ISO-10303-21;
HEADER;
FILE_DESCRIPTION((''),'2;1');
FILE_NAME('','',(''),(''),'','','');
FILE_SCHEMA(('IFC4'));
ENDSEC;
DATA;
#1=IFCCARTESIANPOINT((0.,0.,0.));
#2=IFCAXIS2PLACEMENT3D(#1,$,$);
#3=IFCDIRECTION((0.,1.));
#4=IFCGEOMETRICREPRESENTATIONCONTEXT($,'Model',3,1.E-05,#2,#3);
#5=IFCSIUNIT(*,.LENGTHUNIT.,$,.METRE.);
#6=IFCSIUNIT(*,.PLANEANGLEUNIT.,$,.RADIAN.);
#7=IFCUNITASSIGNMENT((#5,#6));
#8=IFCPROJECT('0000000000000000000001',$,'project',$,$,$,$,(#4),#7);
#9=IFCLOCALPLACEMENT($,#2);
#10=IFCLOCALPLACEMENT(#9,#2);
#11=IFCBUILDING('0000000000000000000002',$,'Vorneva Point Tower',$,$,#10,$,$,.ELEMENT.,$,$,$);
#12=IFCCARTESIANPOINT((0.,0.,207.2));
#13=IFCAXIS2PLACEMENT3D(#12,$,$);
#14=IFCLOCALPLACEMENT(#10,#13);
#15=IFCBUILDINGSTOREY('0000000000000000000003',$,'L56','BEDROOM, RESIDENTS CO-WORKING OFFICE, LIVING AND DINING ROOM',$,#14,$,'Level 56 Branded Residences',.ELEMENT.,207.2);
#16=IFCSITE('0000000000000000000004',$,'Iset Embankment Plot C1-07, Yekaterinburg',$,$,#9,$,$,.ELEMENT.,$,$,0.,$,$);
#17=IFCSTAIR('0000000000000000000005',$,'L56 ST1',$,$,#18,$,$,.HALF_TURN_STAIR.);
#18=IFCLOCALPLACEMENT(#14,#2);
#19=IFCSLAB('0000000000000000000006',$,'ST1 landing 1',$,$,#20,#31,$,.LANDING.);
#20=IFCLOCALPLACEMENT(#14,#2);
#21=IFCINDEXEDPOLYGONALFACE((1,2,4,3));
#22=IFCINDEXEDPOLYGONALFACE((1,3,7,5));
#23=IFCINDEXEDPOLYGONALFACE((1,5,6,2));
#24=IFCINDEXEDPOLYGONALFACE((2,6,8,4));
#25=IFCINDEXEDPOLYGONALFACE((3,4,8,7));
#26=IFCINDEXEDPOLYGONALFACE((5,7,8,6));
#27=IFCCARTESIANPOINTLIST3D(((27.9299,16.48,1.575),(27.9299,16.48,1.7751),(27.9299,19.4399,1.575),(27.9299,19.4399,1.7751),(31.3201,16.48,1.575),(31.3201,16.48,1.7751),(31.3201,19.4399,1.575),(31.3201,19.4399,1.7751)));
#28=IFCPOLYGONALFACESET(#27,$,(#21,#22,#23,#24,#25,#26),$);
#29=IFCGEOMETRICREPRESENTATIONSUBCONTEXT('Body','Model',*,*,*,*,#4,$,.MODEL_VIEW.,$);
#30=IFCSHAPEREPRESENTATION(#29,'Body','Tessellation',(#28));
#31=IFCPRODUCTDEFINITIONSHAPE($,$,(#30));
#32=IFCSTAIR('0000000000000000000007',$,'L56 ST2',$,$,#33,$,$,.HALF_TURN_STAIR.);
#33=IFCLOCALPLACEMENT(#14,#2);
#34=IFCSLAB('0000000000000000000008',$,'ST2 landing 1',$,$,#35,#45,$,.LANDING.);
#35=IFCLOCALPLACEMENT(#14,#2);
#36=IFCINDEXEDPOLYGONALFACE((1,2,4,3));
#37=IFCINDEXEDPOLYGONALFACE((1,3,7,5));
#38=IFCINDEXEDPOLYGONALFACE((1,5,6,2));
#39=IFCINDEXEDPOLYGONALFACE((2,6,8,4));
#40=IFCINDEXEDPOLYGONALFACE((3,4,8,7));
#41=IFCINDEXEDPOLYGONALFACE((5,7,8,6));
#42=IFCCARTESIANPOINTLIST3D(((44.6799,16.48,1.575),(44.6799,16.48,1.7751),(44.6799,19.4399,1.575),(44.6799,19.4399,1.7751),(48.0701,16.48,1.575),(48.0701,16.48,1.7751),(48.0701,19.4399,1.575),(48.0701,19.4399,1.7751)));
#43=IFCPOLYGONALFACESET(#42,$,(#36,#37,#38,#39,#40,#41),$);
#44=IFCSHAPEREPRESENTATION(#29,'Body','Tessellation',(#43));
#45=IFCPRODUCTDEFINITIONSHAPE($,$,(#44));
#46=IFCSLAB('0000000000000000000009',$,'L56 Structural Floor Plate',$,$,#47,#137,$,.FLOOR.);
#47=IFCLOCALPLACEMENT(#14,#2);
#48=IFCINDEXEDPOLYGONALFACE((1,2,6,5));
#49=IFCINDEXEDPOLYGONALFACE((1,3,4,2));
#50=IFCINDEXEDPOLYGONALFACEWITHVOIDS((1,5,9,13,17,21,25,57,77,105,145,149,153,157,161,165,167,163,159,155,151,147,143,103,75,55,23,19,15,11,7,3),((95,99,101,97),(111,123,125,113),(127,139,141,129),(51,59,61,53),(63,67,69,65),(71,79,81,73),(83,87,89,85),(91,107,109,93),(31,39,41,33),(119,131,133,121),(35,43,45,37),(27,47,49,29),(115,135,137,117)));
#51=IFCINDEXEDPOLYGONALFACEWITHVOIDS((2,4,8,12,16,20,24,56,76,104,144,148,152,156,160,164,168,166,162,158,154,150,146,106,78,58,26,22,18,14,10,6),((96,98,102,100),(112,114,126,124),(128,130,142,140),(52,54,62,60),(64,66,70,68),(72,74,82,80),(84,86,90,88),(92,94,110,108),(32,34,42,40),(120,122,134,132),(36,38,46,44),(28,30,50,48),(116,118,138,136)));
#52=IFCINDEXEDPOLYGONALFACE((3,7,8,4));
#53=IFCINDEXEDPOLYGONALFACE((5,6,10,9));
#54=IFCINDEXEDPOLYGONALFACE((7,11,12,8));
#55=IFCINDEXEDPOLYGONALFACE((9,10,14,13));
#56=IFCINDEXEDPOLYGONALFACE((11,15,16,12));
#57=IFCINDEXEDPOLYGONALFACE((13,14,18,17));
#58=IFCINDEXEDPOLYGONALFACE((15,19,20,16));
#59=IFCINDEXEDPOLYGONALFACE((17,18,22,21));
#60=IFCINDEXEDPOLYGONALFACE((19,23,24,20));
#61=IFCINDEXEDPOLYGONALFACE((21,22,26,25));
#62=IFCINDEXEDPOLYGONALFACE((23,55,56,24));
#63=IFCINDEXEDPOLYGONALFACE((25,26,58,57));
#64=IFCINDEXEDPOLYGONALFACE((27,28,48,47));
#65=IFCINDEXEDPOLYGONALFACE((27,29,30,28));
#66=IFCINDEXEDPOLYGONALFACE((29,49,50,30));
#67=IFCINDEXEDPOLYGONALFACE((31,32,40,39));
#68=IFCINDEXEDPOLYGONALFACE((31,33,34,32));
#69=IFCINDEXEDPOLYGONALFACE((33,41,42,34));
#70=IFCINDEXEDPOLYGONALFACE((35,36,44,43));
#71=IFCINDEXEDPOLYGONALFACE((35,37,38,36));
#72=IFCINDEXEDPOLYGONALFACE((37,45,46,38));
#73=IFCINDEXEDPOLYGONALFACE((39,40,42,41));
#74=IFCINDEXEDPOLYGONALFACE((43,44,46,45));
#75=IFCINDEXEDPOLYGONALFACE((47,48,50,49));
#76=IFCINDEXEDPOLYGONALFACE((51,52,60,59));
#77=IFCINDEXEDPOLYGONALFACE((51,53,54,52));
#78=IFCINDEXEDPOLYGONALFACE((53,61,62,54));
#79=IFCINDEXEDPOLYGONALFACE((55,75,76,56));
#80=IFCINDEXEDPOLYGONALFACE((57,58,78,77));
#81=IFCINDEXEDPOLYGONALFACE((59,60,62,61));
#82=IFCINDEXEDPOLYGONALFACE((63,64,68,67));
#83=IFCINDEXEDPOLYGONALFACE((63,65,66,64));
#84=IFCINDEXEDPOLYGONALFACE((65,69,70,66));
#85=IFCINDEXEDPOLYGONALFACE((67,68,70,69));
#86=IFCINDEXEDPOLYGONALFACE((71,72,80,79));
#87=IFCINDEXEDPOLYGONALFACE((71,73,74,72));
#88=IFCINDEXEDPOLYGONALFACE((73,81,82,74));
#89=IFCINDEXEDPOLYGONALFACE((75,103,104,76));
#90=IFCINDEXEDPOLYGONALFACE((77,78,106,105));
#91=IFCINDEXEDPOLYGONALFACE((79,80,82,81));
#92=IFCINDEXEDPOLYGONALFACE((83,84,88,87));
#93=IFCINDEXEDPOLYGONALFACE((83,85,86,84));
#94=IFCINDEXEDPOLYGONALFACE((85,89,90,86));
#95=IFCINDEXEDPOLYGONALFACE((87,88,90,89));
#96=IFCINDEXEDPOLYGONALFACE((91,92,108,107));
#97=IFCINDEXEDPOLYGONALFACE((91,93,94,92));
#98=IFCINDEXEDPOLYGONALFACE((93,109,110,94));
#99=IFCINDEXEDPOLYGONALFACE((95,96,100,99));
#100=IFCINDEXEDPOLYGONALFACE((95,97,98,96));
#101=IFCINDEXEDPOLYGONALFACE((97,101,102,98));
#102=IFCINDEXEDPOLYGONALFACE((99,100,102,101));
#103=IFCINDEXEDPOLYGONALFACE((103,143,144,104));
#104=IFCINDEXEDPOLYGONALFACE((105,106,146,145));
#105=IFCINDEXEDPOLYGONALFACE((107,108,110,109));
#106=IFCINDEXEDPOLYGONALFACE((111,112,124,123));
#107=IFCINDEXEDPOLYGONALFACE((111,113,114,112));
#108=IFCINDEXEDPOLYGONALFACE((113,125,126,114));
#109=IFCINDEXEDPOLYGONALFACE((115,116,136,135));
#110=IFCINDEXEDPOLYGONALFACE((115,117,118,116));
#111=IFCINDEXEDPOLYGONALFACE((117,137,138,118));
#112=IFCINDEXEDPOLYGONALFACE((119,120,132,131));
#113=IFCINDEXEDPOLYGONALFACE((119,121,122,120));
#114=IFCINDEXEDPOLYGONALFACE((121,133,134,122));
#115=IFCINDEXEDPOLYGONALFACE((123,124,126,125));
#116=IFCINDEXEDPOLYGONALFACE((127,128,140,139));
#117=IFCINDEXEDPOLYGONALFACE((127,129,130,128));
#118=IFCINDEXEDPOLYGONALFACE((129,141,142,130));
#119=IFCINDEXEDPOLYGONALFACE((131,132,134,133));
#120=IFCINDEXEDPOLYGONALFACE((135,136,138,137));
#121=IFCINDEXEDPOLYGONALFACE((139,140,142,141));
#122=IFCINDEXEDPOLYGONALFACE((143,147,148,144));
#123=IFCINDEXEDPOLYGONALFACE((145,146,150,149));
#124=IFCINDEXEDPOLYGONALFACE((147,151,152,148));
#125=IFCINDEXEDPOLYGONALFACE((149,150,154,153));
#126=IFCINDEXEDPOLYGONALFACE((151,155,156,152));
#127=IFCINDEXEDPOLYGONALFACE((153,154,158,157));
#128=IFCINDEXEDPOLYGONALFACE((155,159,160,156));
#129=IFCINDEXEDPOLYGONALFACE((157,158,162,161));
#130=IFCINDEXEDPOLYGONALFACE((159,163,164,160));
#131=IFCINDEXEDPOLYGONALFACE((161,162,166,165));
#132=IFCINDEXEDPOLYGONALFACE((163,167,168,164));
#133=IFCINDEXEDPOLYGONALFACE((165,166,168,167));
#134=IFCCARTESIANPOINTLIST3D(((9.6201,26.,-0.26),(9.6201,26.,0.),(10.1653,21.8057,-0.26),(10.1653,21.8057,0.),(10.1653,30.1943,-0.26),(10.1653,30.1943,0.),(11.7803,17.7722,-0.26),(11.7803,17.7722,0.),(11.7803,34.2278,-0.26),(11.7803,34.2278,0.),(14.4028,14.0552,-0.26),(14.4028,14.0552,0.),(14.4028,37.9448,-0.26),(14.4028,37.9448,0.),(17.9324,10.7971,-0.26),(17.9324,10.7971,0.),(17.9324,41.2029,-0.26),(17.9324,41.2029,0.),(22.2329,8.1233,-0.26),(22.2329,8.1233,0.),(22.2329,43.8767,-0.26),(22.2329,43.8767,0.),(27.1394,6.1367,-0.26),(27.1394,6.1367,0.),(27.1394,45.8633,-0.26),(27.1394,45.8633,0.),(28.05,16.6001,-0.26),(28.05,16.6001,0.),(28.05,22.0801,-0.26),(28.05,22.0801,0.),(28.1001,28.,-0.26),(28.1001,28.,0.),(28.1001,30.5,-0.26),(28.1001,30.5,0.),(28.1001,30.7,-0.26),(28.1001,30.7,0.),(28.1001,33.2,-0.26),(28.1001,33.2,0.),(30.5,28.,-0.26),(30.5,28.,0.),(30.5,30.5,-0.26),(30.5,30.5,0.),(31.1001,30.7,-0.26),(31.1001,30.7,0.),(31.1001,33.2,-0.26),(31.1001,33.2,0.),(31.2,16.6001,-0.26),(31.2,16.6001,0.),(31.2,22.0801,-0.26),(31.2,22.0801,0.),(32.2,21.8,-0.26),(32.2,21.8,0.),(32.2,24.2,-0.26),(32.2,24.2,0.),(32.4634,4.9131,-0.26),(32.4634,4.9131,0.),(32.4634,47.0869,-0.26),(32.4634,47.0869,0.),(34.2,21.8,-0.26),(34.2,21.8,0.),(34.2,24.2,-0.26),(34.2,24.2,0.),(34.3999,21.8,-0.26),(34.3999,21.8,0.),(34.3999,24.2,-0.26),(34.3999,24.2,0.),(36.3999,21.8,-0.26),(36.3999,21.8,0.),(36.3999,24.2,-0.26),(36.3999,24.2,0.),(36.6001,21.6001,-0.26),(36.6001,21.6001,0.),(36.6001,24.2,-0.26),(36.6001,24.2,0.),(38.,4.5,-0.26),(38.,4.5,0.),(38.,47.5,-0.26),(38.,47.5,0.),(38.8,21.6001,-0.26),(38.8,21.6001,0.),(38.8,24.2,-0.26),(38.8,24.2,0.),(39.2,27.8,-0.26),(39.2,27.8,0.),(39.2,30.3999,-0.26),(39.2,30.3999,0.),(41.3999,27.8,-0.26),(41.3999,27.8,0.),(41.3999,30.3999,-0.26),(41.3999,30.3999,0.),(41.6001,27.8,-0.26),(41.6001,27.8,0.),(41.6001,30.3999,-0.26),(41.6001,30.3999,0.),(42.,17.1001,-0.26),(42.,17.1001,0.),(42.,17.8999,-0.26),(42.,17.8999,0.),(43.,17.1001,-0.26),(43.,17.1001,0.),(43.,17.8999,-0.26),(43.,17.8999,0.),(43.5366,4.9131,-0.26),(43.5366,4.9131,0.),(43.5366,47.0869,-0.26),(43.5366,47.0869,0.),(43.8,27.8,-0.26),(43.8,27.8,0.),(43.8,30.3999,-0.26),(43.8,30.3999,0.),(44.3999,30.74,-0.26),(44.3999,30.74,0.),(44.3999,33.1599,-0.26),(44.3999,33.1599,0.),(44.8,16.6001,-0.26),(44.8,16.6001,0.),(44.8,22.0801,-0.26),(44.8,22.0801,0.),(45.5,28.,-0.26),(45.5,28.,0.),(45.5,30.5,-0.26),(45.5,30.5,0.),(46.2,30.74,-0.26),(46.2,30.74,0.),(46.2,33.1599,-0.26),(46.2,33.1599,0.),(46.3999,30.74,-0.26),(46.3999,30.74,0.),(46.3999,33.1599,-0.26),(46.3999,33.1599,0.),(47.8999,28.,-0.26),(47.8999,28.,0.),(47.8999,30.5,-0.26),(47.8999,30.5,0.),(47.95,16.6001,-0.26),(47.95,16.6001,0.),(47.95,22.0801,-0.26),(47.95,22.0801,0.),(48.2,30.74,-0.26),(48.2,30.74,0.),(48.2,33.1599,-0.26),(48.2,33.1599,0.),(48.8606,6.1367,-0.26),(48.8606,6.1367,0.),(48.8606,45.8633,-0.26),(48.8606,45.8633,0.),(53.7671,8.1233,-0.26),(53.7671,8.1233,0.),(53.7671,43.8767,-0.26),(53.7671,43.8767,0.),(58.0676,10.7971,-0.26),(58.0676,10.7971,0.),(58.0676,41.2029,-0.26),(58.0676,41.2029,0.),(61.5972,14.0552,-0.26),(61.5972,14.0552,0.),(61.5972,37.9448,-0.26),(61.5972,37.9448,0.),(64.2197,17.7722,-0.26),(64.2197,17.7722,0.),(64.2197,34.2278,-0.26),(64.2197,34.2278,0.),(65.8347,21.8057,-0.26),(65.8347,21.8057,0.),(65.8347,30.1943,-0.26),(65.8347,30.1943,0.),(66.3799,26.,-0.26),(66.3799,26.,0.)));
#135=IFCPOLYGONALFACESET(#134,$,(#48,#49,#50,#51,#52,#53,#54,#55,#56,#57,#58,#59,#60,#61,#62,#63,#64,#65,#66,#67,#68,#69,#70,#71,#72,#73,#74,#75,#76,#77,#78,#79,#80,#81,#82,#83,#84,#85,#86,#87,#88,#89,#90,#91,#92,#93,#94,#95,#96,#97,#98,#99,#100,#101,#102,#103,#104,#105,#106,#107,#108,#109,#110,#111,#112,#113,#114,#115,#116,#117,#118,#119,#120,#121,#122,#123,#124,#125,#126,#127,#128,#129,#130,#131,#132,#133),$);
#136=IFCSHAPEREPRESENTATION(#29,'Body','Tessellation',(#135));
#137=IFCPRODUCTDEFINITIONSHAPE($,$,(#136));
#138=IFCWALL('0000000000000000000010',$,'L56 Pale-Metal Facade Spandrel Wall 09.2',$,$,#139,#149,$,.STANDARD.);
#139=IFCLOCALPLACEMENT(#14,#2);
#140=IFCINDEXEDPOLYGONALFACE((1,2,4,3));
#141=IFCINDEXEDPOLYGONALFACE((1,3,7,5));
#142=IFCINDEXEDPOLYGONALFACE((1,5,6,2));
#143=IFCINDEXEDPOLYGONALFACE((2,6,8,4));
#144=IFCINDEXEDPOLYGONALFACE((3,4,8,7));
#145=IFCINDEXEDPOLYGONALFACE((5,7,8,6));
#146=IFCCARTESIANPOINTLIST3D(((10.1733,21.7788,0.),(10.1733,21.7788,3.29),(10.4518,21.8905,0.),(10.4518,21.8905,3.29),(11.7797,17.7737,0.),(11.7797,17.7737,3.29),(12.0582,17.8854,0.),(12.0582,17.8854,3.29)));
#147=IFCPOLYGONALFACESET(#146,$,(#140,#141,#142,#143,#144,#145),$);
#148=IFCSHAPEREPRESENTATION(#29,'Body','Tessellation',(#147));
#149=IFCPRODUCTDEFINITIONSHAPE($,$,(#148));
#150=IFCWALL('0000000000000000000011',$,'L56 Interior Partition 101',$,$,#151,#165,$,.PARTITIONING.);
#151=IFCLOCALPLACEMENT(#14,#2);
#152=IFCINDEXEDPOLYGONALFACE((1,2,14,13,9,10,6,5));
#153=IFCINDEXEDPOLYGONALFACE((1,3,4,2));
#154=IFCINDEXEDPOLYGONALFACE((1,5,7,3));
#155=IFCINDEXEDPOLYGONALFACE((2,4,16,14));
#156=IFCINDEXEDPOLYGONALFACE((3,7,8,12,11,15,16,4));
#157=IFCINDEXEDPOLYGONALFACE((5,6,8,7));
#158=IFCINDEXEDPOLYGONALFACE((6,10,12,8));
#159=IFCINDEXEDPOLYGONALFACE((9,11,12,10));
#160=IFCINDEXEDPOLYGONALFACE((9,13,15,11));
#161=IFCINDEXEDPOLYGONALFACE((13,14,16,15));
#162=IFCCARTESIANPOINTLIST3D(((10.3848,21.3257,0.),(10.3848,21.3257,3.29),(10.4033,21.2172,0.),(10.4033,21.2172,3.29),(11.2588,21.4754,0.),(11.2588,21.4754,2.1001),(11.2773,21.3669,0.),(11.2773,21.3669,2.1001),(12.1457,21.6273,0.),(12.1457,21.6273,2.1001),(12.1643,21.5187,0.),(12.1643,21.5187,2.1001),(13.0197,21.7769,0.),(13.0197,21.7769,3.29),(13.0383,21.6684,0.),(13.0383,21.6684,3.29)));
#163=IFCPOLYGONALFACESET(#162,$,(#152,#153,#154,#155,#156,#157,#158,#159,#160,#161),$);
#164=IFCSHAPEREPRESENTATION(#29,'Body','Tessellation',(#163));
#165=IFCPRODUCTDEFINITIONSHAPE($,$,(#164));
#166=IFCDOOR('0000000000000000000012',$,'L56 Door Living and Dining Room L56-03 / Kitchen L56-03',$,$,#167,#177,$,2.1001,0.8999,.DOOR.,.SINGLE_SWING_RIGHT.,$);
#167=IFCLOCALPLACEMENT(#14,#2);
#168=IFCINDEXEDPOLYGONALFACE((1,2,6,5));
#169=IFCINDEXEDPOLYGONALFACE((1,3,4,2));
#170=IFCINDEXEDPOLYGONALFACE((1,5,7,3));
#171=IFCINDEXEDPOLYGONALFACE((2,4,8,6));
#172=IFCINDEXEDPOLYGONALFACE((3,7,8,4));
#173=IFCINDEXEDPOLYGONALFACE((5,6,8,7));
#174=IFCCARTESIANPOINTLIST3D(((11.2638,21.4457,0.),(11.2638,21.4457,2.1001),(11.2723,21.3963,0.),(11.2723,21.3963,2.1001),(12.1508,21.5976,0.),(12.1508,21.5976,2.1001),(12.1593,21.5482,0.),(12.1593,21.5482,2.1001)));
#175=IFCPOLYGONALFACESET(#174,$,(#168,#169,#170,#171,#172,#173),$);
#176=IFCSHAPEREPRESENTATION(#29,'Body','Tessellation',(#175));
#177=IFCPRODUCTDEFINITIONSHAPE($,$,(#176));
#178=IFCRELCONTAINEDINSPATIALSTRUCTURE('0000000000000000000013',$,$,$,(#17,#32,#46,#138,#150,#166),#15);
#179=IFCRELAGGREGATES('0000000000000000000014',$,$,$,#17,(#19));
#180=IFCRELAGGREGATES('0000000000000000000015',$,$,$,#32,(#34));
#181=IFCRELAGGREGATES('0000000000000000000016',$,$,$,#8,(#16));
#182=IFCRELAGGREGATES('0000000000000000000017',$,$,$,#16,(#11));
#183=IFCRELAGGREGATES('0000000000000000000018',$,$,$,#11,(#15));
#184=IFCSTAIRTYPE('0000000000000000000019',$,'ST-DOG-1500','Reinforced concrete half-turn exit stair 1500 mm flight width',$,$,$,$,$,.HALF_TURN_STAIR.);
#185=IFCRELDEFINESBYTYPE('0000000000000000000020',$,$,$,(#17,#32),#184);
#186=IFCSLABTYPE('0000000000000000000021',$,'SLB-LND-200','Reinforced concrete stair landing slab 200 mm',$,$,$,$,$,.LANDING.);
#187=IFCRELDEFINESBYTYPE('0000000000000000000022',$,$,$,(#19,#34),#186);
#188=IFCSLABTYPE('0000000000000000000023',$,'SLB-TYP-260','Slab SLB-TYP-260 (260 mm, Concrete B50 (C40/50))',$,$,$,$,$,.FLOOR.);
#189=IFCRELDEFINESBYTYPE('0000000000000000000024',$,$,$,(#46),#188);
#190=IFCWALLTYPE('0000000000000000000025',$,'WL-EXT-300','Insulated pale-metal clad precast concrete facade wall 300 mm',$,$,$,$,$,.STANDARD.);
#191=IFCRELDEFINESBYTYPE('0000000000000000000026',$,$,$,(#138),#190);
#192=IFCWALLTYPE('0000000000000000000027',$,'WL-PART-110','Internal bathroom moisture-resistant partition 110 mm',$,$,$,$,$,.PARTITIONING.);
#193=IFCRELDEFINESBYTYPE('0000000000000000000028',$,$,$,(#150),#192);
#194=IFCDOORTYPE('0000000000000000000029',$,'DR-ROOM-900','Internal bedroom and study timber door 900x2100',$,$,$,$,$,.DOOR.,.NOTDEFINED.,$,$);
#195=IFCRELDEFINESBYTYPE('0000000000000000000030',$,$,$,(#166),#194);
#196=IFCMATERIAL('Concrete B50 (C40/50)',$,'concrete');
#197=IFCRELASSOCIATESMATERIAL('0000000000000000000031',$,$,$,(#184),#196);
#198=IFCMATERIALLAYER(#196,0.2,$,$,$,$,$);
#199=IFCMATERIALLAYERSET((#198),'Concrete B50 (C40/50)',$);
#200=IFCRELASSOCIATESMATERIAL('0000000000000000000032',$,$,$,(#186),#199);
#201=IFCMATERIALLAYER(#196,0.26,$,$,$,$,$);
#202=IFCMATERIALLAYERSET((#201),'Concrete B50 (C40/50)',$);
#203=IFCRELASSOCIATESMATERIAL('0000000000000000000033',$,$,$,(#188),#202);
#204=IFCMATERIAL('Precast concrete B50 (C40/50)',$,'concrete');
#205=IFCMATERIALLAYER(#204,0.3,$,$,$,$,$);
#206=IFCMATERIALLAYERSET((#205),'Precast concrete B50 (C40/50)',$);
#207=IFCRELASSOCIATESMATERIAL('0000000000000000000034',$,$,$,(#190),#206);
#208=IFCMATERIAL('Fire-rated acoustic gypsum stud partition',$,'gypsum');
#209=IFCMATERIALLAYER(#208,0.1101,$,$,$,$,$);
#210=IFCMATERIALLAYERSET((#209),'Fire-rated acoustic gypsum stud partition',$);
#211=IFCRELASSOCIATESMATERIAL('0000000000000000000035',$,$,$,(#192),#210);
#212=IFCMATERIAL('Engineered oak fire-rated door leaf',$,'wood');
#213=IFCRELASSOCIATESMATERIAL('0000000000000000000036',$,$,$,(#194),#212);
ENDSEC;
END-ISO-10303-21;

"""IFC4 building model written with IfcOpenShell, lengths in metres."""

from ifc_helpers import new_model, si_unit, direction, frame, frame_2d, origin, place, context, subcontext, project, spatial, polyline, rectangle, outline, extrude, material, layer, layer_set, type_object, element, fill, aggregate, save


model = new_model("IFC4")

# Units and contexts
model_context = context("Model", 3, precision=1e-05, world=origin(), true_north=direction((0.0, 1.0)))
body_context = subcontext(model_context, "Body", "Model", "MODEL_VIEW")
ifc_project = project(units=[si_unit("LENGTHUNIT", "METRE"), si_unit("PLANEANGLEUNIT", "RADIAN")], contexts=[model_context])

# Site, building, storey
site_placement = place(None, origin())
site = spatial("IfcSite", under=ifc_project, at=site_placement, Name="Iset Embankment Plot C1-07, Yekaterinburg", CompositionType="ELEMENT", RefElevation=0.0)
building_placement = place(site_placement, origin())
building = spatial("IfcBuilding", under=site, at=building_placement, Name="Vorneva Point Tower", CompositionType="ELEMENT")
storey_placement = place(building_placement, frame((0.0, 0.0, 207.2)))
storey = spatial("IfcBuildingStorey", under=building, at=storey_placement, Name="L56", Description="BEDROOM, RESIDENTS CO-WORKING OFFICE, LIVING AND DINING ROOM", LongName="Level 56 Branded Residences", CompositionType="ELEMENT", Elevation=207.2)

# Shared definitions
ifc_material_1 = material(Name="Concrete B50 (C40/50)", Category="concrete")

# Stairs, slabs
stair_type = type_object("IfcStairType", Name="ST-DOG-1500", Description="Reinforced concrete half-turn exit stair 1500 mm flight width", PredefinedType="HALF_TURN_STAIR", material=ifc_material_1)
stair_1_placement = place(storey_placement, origin())
stair_1 = element("IfcStair", 1, at=stair_1_placement, inside=storey, type_object=stair_type, Name="L56 ST1", PredefinedType="HALF_TURN_STAIR")
ifc_layer_1 = layer(ifc_material_1, 0.2)
ifc_layer_set_1 = layer_set([ifc_layer_1], Name="Concrete B50 (C40/50)")
slab_type_1 = type_object("IfcSlabType", Name="SLB-LND-200", Description="Reinforced concrete stair landing slab 200 mm", PredefinedType="LANDING", material=ifc_layer_set_1)
slab_1_placement = place(storey_placement, frame((0.0, 0.0, 1.575)))
slab_1 = element("IfcSlab", 2, at=slab_1_placement, type_object=slab_type_1, Name="ST1 landing 1", PredefinedType="LANDING", context=body_context, shape_type="SweptSolid", body=[
    extrude(outline(polyline([(27.9299, 16.48), (31.3201, 16.48), (31.3201, 19.4399), (27.9299, 19.4399), (27.9299, 16.48)])), origin(), (0.0, 0.0, 1.0), 0.2002),
])
aggregate(stair_1, [slab_1])
stair_2_placement = place(storey_placement, origin())
stair_2 = element("IfcStair", 3, at=stair_2_placement, inside=storey, type_object=stair_type, Name="L56 ST2", PredefinedType="HALF_TURN_STAIR")
slab_2_placement = place(storey_placement, frame((0.0, 0.0, 1.575)))
slab_2 = element("IfcSlab", 4, at=slab_2_placement, type_object=slab_type_1, Name="ST2 landing 1", PredefinedType="LANDING", context=body_context, shape_type="SweptSolid", body=[
    extrude(outline(polyline([(44.6799, 16.48), (48.0701, 16.48), (48.0701, 19.4399), (44.6799, 19.4399), (44.6799, 16.48)])), origin(), (0.0, 0.0, 1.0), 0.2002),
])
aggregate(stair_2, [slab_2])

# Slab
ifc_layer_2 = layer(ifc_material_1, 0.26)
ifc_layer_set_2 = layer_set([ifc_layer_2], Name="Concrete B50 (C40/50)")
slab_type_2 = type_object("IfcSlabType", Name="SLB-TYP-260", Description="Slab SLB-TYP-260 (260 mm, Concrete B50 (C40/50))", PredefinedType="FLOOR", material=ifc_layer_set_2)
slab_3_placement = place(storey_placement, frame((0.0, 0.0, -0.26)))
element("IfcSlab", 5, at=slab_3_placement, inside=storey, type_object=slab_type_2, Name="L56 Structural Floor Plate", PredefinedType="FLOOR", context=body_context, shape_type="SweptSolid", body=[
    extrude(outline(polyline([(66.3799, 26.0), (65.8347, 30.1943), (64.2197, 34.2278), (61.5972, 37.9448), (58.0676, 41.2029), (53.7671, 43.8767), (48.8606, 45.8633), (43.5366, 47.0869), (38.0, 47.5), (32.4634, 47.0869), (27.1394, 45.8633), (22.2329, 43.8767), (17.9324, 41.2029), (14.4028, 37.9448), (11.7803, 34.2278), (10.1653, 30.1943), (9.6201, 26.0), (10.1653, 21.8057), (11.7803, 17.7722), (14.4028, 14.0552), (17.9324, 10.7971), (22.2329, 8.1233), (27.1394, 6.1367), (32.4634, 4.9131), (38.0, 4.5), (43.5366, 4.9131), (48.8606, 6.1367), (53.7671, 8.1233), (58.0676, 10.7971), (61.5972, 14.0552), (64.2197, 17.7722), (65.8347, 21.8057), (66.3799, 26.0)]), holes=[polyline([(32.2, 21.8), (34.2, 21.8), (34.2, 24.2), (32.2, 24.2), (32.2, 21.8)]), polyline([(34.3999, 21.8), (36.3999, 21.8), (36.3999, 24.2), (34.3999, 24.2), (34.3999, 21.8)]), polyline([(36.6001, 21.6001), (38.8, 21.6001), (38.8, 24.2), (36.6001, 24.2), (36.6001, 21.6001)]), polyline([(39.2, 27.8), (41.3999, 27.8), (41.3999, 30.3999), (39.2, 30.3999), (39.2, 27.8)]), polyline([(41.6001, 27.8), (43.8, 27.8), (43.8, 30.3999), (41.6001, 30.3999), (41.6001, 27.8)]), polyline([(44.3999, 30.74), (46.2, 30.74), (46.2, 33.1599), (44.3999, 33.1599), (44.3999, 30.74)]), polyline([(46.3999, 30.74), (48.2, 30.74), (48.2, 33.1599), (46.3999, 33.1599), (46.3999, 30.74)]), polyline([(28.1001, 28.0), (30.5, 28.0), (30.5, 30.5), (28.1001, 30.5), (28.1001, 28.0)]), polyline([(45.5, 28.0), (47.8999, 28.0), (47.8999, 30.5), (45.5, 30.5), (45.5, 28.0)]), polyline([(28.1001, 30.7), (31.1001, 30.7), (31.1001, 33.2), (28.1001, 33.2), (28.1001, 30.7)]), polyline([(28.05, 16.6001), (31.2, 16.6001), (31.2, 22.0801), (28.05, 22.0801), (28.05, 16.6001)]), polyline([(44.8, 16.6001), (47.95, 16.6001), (47.95, 22.0801), (44.8, 22.0801), (44.8, 16.6001)]), polyline([(42.0, 17.1001), (43.0, 17.1001), (43.0, 17.8999), (42.0, 17.8999), (42.0, 17.1001)])]), origin(), (0.0, 0.0, 1.0), 0.26),
])

# Wall
ifc_material_2 = material(Name="Precast concrete B50 (C40/50)", Category="concrete")
ifc_layer_3 = layer(ifc_material_2, 0.3)
ifc_layer_set_3 = layer_set([ifc_layer_3], Name="Precast concrete B50 (C40/50)")
wall_type_1 = type_object("IfcWallType", Name="WL-EXT-300", Description="Insulated pale-metal clad precast concrete facade wall 300 mm", PredefinedType="STANDARD", material=ifc_layer_set_3)
wall_1_placement = place(storey_placement, frame((10.3125, 21.8347, 0.0), z_axis=(0.0, 0.0, 1.0), x_axis=(0.372268, -0.928125, 0.0)))
element("IfcWall", 6, at=wall_1_placement, inside=storey, type_object=wall_type_1, Name="L56 Pale-Metal Facade Spandrel Wall 09.2", PredefinedType="STANDARD", context=body_context, shape_type="SweptSolid", body=[
    extrude(rectangle(XDim=4.3152, YDim=0.3, at=frame_2d((2.1577, 0.0))), origin(), (0.0, 0.0, 1.0), 3.29),
])

# Wall, opening, door
ifc_material_3 = material(Name="Fire-rated acoustic gypsum stud partition", Category="gypsum")
ifc_layer_4 = layer(ifc_material_3, 0.1101)
ifc_layer_set_4 = layer_set([ifc_layer_4], Name="Fire-rated acoustic gypsum stud partition")
wall_type_2 = type_object("IfcWallType", Name="WL-PART-110", Description="Internal bathroom moisture-resistant partition 110 mm", PredefinedType="PARTITIONING", material=ifc_layer_set_4)
wall_2_placement = place(storey_placement, frame((10.394, 21.2715, 0.0), z_axis=(0.0, 0.0, 1.0), x_axis=(0.985656, 0.168766, 0.0)))
wall_2 = element("IfcWall", 7, at=wall_2_placement, inside=storey, type_object=wall_type_2, Name="L56 Interior Partition 101", PredefinedType="PARTITIONING", context=body_context, shape_type="SweptSolid", body=[
    extrude(rectangle(XDim=2.6733, YDim=0.1101, at=frame_2d((1.3367, 0.0))), origin(), (0.0, 0.0, 1.0), 3.29),
])
opening_1_placement = place(wall_2_placement, frame((0.8867, 0.0, 0.0)))
opening_1 = element("IfcOpeningElement", 8, at=opening_1_placement, cuts=wall_2, PredefinedType="OPENING", context=body_context, shape_type="SweptSolid", body=[
    extrude(rectangle(XDim=0.8999, YDim=2.1001, at=frame_2d((0.45, 1.05))), frame((0.0, 0.0698, 0.0), z_axis=(0.0, -1.0, 0.0), x_axis=(1.0, 0.0, 0.0)), (0.0, 0.0, 1.0), 0.1399),
])
ifc_material_4 = material(Name="Engineered oak fire-rated door leaf", Category="wood")
door_type = type_object("IfcDoorType", Name="DR-ROOM-900", Description="Internal bedroom and study timber door 900x2100", OperationType="NOTDEFINED", PredefinedType="DOOR", material=ifc_material_4)
door_1_placement = place(opening_1_placement, origin())
door_1 = element("IfcDoor", 9, at=door_1_placement, inside=storey, type_object=door_type, Name="L56 Door Living and Dining Room L56-03 / Kitchen L56-03", OperationType="SINGLE_SWING_RIGHT", OverallHeight=2.1001, OverallWidth=0.8999, PredefinedType="DOOR", context=body_context, shape_type="SweptSolid", body=[
    extrude(rectangle(XDim=0.8999, YDim=2.1001, at=frame_2d((0.45, 1.05))), frame((0.0, 0.0249, 0.0), z_axis=(0.0, -1.0, 0.0), x_axis=(1.0, 0.0, 0.0)), (0.0, 0.0, 1.0), 0.05),
])
fill(opening_1, door_1)

save(model, "model.ifc")
